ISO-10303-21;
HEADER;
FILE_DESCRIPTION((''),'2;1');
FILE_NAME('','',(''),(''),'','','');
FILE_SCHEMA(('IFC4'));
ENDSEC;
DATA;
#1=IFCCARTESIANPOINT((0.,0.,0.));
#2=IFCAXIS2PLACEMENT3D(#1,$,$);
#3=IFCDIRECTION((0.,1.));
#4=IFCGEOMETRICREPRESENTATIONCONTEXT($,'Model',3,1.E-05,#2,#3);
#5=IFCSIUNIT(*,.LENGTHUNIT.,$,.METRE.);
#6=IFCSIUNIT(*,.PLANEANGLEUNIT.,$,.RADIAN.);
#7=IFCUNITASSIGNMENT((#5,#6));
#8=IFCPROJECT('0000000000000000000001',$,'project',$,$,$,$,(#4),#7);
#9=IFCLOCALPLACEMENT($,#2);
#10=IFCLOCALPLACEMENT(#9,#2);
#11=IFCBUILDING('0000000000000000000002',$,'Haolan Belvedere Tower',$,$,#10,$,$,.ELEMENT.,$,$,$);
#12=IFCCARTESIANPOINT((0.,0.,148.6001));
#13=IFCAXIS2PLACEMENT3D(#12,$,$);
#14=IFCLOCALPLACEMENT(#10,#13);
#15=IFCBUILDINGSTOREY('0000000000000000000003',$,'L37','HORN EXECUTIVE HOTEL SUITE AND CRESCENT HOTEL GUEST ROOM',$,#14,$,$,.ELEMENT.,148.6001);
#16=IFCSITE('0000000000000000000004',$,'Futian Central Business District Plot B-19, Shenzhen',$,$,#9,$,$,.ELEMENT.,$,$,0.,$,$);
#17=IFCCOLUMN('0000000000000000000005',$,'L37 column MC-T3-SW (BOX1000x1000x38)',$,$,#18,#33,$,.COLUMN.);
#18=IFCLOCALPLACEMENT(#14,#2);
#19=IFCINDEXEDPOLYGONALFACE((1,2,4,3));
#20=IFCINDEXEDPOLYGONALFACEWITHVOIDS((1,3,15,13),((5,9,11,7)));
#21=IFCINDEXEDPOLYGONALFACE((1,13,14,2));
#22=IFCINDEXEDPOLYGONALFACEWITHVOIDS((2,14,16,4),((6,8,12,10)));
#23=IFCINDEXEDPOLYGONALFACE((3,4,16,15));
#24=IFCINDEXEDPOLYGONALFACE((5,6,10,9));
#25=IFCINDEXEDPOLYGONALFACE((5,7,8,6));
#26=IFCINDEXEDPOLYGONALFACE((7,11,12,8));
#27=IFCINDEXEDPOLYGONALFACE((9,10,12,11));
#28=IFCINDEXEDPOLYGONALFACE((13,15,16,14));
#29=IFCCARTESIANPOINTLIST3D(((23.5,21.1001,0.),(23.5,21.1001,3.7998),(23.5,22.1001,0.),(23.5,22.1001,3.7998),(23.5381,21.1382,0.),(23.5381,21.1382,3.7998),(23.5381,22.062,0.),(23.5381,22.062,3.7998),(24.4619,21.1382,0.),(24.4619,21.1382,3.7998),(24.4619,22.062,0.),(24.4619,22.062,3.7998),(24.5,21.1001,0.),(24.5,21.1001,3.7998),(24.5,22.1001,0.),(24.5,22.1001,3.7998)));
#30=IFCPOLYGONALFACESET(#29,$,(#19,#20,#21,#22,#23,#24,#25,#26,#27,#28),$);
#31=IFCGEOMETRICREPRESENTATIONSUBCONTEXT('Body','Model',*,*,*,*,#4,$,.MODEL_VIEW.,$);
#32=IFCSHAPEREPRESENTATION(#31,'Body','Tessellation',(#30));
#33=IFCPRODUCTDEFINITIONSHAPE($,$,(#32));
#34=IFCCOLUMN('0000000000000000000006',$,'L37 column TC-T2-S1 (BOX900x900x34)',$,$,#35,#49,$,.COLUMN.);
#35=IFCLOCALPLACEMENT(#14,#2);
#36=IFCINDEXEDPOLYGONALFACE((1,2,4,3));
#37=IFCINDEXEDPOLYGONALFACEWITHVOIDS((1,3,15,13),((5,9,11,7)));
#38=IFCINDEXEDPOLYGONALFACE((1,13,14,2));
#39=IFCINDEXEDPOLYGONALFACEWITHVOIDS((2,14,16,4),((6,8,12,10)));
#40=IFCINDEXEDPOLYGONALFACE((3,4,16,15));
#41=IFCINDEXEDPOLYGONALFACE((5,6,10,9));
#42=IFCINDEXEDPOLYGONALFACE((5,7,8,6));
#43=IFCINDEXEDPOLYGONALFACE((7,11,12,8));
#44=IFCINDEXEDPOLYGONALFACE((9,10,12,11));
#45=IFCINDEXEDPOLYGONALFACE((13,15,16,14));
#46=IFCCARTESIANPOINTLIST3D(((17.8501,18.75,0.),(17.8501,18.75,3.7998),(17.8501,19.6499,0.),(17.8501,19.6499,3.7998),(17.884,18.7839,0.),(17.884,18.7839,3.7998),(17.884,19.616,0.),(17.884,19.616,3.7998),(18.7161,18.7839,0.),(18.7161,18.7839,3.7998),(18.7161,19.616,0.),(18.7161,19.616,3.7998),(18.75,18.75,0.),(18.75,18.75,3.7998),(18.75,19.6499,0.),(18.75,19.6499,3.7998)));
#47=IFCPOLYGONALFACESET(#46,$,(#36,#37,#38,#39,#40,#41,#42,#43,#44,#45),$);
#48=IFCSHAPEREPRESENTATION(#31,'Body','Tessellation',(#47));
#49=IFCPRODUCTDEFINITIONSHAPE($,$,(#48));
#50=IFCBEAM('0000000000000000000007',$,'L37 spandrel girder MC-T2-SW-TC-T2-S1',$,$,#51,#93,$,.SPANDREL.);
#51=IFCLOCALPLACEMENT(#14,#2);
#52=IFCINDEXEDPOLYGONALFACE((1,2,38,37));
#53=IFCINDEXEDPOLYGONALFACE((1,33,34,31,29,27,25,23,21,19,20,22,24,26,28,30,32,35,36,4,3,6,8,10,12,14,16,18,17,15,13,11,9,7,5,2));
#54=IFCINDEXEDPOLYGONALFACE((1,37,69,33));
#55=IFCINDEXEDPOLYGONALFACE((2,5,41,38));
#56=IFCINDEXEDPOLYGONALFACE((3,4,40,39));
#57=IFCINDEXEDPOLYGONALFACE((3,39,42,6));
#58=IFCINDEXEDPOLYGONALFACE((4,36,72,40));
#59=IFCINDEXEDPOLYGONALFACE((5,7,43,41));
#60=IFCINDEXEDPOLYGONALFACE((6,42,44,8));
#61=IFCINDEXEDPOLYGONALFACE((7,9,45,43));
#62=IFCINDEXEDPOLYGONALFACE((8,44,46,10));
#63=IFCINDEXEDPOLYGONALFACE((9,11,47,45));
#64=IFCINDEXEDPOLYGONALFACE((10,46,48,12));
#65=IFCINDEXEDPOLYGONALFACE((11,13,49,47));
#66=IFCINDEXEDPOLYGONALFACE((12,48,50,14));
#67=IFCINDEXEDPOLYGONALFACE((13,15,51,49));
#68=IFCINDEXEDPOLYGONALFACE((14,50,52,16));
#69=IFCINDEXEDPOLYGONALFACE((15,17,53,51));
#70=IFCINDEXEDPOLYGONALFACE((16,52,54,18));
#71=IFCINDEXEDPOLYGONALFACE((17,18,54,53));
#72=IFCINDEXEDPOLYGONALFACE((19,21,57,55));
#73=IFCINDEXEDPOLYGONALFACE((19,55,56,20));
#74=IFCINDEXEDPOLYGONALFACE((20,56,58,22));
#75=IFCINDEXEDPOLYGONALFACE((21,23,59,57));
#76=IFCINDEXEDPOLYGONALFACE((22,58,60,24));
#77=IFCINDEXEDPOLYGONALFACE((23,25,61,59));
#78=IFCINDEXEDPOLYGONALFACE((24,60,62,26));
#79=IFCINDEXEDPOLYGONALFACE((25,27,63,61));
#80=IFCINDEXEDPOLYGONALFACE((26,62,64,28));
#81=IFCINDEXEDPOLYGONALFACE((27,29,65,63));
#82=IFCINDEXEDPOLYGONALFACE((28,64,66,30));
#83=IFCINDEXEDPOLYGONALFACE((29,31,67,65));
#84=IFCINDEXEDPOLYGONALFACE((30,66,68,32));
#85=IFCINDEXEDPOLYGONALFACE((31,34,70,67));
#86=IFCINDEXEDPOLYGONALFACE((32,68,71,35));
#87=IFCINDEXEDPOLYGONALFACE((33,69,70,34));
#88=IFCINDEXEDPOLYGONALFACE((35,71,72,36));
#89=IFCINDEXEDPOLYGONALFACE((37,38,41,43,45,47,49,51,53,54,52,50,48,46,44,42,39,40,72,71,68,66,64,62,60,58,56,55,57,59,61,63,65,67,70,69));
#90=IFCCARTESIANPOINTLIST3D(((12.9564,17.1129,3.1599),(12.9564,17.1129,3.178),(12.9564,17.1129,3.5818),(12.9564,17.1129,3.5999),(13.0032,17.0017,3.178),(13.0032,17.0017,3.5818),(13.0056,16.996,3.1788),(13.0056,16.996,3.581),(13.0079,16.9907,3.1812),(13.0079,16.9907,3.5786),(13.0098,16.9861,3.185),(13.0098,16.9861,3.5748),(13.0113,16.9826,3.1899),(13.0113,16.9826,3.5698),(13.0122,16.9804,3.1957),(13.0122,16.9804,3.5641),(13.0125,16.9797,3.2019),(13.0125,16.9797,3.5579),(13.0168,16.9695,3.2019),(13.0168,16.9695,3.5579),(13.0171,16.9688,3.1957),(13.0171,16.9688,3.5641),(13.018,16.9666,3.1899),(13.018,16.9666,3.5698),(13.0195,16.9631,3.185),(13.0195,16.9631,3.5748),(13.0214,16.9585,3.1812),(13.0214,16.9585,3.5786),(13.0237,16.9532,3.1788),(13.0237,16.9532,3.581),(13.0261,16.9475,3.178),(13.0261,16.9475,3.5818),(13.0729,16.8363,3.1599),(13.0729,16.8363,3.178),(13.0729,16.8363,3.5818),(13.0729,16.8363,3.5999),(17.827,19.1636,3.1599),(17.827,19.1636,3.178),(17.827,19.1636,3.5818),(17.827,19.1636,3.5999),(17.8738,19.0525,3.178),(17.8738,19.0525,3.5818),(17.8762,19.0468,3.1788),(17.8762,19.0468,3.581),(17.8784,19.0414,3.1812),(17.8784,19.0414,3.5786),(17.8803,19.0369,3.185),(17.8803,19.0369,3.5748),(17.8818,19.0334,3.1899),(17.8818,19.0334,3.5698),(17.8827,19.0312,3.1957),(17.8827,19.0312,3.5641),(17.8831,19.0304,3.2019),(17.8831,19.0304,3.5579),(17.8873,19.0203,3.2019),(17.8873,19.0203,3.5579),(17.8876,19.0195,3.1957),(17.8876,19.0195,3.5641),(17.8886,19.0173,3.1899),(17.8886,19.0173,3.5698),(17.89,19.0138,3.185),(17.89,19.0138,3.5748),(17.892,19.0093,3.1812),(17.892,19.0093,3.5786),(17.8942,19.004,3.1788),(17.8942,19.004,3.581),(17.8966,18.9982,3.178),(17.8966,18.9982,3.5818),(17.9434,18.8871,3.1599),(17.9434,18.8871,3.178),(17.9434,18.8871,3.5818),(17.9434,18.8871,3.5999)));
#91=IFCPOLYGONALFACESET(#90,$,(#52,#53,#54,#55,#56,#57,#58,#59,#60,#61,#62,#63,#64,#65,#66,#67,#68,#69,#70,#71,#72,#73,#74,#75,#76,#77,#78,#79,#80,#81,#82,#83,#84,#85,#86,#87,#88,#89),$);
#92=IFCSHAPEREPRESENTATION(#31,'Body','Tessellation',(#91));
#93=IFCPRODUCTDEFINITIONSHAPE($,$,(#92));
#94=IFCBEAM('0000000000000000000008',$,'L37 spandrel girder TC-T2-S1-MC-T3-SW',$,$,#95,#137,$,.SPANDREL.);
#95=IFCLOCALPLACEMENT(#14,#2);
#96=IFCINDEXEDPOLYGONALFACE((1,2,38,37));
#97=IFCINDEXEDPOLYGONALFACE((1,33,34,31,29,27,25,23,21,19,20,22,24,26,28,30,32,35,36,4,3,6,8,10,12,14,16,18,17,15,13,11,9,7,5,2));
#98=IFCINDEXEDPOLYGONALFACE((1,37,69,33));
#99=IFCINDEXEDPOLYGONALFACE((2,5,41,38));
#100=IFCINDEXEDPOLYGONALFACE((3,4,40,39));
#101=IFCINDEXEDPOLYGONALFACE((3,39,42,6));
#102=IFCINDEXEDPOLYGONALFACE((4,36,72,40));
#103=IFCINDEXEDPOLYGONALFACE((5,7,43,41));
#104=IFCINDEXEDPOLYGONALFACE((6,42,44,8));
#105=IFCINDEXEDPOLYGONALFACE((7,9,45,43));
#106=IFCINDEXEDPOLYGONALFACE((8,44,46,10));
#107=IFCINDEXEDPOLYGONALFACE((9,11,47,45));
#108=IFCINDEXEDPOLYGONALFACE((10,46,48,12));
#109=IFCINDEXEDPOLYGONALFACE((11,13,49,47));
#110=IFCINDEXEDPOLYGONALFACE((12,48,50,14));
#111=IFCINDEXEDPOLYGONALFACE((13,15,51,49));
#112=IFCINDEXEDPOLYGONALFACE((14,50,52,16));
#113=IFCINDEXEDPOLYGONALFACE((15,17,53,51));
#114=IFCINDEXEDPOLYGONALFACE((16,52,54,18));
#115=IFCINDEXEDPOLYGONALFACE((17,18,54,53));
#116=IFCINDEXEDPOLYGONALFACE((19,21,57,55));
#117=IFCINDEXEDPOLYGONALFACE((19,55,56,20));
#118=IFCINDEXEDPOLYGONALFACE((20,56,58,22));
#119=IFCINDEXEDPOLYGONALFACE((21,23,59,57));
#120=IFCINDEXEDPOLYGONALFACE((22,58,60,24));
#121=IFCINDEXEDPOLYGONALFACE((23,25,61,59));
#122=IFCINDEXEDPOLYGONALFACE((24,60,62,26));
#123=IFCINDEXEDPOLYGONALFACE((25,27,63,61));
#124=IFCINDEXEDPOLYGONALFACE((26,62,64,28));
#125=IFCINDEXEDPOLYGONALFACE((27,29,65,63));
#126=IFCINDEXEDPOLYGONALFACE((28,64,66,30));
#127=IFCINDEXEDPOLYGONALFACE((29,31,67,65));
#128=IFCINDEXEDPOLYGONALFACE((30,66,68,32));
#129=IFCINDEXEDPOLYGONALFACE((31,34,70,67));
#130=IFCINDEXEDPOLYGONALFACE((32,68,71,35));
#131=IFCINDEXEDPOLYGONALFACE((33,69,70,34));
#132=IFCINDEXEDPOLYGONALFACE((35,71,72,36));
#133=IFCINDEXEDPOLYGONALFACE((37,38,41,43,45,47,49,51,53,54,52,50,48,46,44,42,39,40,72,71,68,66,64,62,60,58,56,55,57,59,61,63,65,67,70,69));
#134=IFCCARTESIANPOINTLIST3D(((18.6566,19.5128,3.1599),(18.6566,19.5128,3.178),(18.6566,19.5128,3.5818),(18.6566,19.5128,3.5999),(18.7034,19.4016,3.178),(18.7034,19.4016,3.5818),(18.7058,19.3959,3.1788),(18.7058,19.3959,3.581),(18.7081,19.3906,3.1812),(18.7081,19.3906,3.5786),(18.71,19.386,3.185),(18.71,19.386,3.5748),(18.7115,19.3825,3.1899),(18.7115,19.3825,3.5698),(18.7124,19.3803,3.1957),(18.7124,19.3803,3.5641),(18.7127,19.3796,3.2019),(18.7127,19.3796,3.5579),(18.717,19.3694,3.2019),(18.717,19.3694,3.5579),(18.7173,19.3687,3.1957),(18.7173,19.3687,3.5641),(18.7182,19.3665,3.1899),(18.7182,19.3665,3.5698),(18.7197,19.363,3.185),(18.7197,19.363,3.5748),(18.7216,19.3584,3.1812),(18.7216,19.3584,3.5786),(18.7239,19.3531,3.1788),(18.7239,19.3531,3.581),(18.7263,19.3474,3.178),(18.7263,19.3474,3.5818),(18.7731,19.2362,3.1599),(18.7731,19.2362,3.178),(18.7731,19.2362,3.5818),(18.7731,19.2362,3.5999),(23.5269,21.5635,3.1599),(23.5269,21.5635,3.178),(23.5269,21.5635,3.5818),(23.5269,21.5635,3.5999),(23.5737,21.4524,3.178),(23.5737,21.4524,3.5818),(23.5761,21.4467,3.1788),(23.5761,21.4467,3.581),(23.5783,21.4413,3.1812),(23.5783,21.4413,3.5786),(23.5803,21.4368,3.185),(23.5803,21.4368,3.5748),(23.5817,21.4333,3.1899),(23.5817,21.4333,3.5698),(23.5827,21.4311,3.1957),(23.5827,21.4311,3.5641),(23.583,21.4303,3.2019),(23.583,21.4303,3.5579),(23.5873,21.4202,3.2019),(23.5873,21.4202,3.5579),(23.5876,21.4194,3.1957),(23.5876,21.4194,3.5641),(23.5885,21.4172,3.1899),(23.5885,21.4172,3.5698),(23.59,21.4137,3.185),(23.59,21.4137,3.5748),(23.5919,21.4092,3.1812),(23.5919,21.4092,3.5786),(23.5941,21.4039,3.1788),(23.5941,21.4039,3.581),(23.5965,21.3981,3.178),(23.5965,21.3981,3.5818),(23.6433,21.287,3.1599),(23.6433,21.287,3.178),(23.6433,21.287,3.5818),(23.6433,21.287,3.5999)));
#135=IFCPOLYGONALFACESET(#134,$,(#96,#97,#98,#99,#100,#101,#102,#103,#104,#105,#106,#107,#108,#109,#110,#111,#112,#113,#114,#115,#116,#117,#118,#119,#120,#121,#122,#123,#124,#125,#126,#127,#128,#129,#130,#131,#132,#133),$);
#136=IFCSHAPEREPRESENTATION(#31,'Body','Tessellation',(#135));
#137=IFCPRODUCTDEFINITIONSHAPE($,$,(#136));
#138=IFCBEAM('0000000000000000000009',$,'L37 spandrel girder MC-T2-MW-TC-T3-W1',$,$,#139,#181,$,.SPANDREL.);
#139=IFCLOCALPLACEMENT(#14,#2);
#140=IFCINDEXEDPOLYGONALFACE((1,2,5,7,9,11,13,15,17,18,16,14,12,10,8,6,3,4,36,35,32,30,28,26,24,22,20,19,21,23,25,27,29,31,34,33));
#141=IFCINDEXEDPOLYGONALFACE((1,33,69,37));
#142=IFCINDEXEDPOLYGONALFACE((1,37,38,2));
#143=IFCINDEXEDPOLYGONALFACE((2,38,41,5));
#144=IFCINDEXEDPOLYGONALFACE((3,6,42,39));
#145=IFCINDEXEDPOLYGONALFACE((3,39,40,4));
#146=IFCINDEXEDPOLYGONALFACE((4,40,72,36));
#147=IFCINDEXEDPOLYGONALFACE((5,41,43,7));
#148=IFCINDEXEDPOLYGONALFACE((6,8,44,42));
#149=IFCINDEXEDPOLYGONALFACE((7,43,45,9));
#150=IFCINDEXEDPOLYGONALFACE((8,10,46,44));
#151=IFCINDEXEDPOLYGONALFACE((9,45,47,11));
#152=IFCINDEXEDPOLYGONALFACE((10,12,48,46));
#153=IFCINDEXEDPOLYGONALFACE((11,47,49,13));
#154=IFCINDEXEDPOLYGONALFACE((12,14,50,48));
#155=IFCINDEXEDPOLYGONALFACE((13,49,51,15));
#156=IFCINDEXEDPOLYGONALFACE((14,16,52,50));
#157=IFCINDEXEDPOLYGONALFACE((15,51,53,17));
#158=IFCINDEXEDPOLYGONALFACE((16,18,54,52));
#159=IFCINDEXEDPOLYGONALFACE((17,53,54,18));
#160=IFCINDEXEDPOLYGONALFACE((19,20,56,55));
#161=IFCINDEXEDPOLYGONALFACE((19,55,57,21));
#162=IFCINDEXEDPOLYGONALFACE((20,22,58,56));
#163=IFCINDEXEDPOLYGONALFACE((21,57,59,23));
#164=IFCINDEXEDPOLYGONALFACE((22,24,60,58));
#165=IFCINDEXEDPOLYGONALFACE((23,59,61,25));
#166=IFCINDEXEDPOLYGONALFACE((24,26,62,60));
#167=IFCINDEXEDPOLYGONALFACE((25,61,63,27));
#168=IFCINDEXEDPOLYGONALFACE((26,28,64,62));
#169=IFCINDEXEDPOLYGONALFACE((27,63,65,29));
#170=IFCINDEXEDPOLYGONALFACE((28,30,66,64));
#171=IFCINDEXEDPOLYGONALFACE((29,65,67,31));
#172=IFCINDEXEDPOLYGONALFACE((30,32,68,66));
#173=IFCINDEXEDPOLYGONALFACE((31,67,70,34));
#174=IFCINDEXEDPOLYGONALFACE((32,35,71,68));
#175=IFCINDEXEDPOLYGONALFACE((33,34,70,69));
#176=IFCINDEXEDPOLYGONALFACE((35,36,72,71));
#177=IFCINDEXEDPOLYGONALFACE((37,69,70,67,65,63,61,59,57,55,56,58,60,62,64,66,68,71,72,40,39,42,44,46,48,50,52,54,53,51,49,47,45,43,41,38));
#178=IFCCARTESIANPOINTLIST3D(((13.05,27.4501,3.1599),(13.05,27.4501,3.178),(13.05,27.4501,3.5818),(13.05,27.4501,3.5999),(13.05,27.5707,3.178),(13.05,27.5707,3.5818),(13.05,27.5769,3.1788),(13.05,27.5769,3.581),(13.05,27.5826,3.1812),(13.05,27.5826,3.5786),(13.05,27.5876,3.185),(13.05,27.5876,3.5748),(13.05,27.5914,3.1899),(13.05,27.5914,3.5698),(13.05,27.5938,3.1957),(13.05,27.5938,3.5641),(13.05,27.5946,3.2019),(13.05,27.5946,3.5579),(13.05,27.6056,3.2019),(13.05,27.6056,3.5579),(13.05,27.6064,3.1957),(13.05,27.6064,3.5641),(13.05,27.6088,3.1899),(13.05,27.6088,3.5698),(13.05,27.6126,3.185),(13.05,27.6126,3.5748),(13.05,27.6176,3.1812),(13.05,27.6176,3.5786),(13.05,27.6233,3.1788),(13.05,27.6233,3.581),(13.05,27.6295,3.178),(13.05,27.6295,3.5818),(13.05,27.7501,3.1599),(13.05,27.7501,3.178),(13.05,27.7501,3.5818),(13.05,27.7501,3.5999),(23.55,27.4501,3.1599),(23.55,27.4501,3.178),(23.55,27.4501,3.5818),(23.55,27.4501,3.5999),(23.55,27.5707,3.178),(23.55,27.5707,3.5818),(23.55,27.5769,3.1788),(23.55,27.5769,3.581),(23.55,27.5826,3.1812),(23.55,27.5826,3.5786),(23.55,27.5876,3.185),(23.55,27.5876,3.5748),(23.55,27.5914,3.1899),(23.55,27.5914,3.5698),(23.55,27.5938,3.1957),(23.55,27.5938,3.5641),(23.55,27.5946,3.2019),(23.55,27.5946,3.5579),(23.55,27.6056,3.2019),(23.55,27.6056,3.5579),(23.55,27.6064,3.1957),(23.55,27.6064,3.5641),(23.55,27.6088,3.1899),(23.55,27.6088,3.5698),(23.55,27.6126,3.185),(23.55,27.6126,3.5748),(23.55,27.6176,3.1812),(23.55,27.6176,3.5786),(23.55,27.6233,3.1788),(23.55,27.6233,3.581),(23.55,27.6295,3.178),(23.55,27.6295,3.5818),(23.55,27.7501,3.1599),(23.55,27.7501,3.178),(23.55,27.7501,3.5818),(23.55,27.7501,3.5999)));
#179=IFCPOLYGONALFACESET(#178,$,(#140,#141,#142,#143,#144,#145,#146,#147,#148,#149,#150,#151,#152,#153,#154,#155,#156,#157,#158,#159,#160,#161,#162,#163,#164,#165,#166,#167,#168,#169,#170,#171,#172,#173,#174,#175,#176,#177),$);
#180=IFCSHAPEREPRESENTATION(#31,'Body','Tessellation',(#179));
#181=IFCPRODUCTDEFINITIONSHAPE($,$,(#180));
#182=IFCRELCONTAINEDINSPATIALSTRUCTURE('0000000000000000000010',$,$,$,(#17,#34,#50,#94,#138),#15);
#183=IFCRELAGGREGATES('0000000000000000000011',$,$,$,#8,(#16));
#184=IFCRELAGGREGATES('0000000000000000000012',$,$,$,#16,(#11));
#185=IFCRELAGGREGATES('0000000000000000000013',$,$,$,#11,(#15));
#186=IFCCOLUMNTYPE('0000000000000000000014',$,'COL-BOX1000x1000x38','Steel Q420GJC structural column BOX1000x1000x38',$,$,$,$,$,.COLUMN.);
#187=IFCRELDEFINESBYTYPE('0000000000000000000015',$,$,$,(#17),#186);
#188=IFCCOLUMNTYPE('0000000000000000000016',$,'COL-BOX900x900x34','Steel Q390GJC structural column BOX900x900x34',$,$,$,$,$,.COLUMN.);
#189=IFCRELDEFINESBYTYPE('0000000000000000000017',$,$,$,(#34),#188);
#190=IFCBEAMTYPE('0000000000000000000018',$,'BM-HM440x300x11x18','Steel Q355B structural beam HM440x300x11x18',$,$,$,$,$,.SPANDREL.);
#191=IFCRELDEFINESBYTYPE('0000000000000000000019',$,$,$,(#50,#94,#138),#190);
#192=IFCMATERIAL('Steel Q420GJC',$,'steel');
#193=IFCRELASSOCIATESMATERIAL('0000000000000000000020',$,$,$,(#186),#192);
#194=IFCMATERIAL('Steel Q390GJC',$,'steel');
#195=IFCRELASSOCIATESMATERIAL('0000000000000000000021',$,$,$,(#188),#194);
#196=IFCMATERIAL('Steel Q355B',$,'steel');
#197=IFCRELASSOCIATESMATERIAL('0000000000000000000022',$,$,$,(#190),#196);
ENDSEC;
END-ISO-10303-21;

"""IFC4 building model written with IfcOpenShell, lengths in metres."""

from ifc_helpers import new_model, si_unit, direction, frame, origin, origin_2d, place, context, subcontext, project, spatial, hollow_rectangle, i_section, extrude, material, material_profile, profile_set, type_object, element, save


model = new_model("IFC4")

# Units and contexts
model_context = context("Model", 3, precision=1e-05, world=origin(), true_north=direction((0.0, 1.0)))
body_context = subcontext(model_context, "Body", "Model", "MODEL_VIEW")
ifc_project = project(units=[si_unit("LENGTHUNIT", "METRE"), si_unit("PLANEANGLEUNIT", "RADIAN")], contexts=[model_context])

# Site, building, storey
site_placement = place(None, origin())
site = spatial("IfcSite", under=ifc_project, at=site_placement, Name="Futian Central Business District Plot B-19, Shenzhen", CompositionType="ELEMENT", RefElevation=0.0)
building_placement = place(site_placement, origin())
building = spatial("IfcBuilding", under=site, at=building_placement, Name="Haolan Belvedere Tower", CompositionType="ELEMENT")
storey_placement = place(building_placement, frame((0.0, 0.0, 148.6001)))
storey = spatial("IfcBuildingStorey", under=building, at=storey_placement, Name="L37", Description="HORN EXECUTIVE HOTEL SUITE AND CRESCENT HOTEL GUEST ROOM", CompositionType="ELEMENT", Elevation=148.6001)

# Columns
ifc_material_1 = material(Name="Steel Q420GJC", Category="steel")
ifc_material_profile_1 = material_profile(ifc_material_1, hollow_rectangle(XDim=1.0, YDim=1.0, WallThickness=0.0381, at=origin_2d()), Name="Steel Q420GJC")
ifc_profile_set_1 = profile_set([ifc_material_profile_1], Name="Steel Q420GJC")
column_type_1 = type_object("IfcColumnType", Name="COL-BOX1000x1000x38", Description="Steel Q420GJC structural column BOX1000x1000x38", PredefinedType="COLUMN", material=ifc_profile_set_1)
column_1_placement = place(storey_placement, frame((24.0, 21.6001, 0.0), z_axis=(0.0, 0.0, 1.0), x_axis=(1.0, 0.0, 0.0)))
element("IfcColumn", 1, at=column_1_placement, inside=storey, type_object=column_type_1, Name="L37 column MC-T3-SW (BOX1000x1000x38)", PredefinedType="COLUMN", context=body_context, shape_type="SweptSolid", body=[
    extrude(hollow_rectangle(XDim=1.0, YDim=1.0, WallThickness=0.0381, at=origin_2d()), origin(), (0.0, 0.0, 1.0), 3.7998),
])
ifc_material_2 = material(Name="Steel Q390GJC", Category="steel")
ifc_material_profile_2 = material_profile(ifc_material_2, hollow_rectangle(XDim=0.8999, YDim=0.8999, WallThickness=0.0339, at=origin_2d()), Name="Steel Q390GJC")
ifc_profile_set_2 = profile_set([ifc_material_profile_2], Name="Steel Q390GJC")
column_type_2 = type_object("IfcColumnType", Name="COL-BOX900x900x34", Description="Steel Q390GJC structural column BOX900x900x34", PredefinedType="COLUMN", material=ifc_profile_set_2)
column_2_placement = place(storey_placement, frame((18.3, 19.2, 0.0), z_axis=(0.0, 0.0, 1.0), x_axis=(1.0, 0.0, 0.0)))
element("IfcColumn", 2, at=column_2_placement, inside=storey, type_object=column_type_2, Name="L37 column TC-T2-S1 (BOX900x900x34)", PredefinedType="COLUMN", context=body_context, shape_type="SweptSolid", body=[
    extrude(hollow_rectangle(XDim=0.8999, YDim=0.8999, WallThickness=0.0339, at=origin_2d()), origin(), (0.0, 0.0, 1.0), 3.7998),
])

# Beams
ifc_material_3 = material(Name="Steel Q355B", Category="steel")
ifc_material_profile_3 = material_profile(ifc_material_3, i_section(OverallWidth=0.3, OverallDepth=0.4399, WebThickness=0.011, FlangeThickness=0.0181, FilletRadius=0.0239, at=origin_2d()), Name="Steel Q355B")
ifc_profile_set_3 = profile_set([ifc_material_profile_3], Name="Steel Q355B")
beam_type = type_object("IfcBeamType", Name="BM-HM440x300x11x18", Description="Steel Q355B structural beam HM440x300x11x18", PredefinedType="SPANDREL", material=ifc_profile_set_3)
beam_1_placement = place(storey_placement, frame((13.0146, 16.9746, 3.3799), z_axis=(0.921635, 0.388057, 0.0), x_axis=(-0.388057, 0.921635, 0.0)))
element("IfcBeam", 3, at=beam_1_placement, inside=storey, type_object=beam_type, Name="L37 spandrel girder MC-T2-SW-TC-T2-S1", PredefinedType="SPANDREL", context=body_context, shape_type="SweptSolid", body=[
    extrude(i_section(OverallWidth=0.3, OverallDepth=0.4399, WebThickness=0.011, FlangeThickness=0.0181, FilletRadius=0.0239, at=origin_2d()), origin(), (0.0, 0.0, 1.0), 5.2847),
])
beam_2_placement = place(storey_placement, frame((18.7148, 19.3745, 3.3799), z_axis=(0.921628, 0.388074, 0.0), x_axis=(-0.388074, 0.921628, 0.0)))
element("IfcBeam", 4, at=beam_2_placement, inside=storey, type_object=beam_type, Name="L37 spandrel girder TC-T2-S1-MC-T3-SW", PredefinedType="SPANDREL", context=body_context, shape_type="SweptSolid", body=[
    extrude(i_section(OverallWidth=0.3, OverallDepth=0.4399, WebThickness=0.011, FlangeThickness=0.0181, FilletRadius=0.0239, at=origin_2d()), origin(), (0.0, 0.0, 1.0), 5.2844),
])
beam_3_placement = place(storey_placement, frame((13.05, 27.6001, 3.3799), z_axis=(1.0, 0.0, 0.0), x_axis=(0.0, 1.0, 0.0)))
element("IfcBeam", 5, at=beam_3_placement, inside=storey, type_object=beam_type, Name="L37 spandrel girder MC-T2-MW-TC-T3-W1", PredefinedType="SPANDREL", context=body_context, shape_type="SweptSolid", body=[
    extrude(i_section(OverallWidth=0.3, OverallDepth=0.4399, WebThickness=0.011, FlangeThickness=0.0181, FilletRadius=0.0239, at=origin_2d()), origin(), (0.0, 0.0, 1.0), 10.5),
])

save(model, "model.ifc")
